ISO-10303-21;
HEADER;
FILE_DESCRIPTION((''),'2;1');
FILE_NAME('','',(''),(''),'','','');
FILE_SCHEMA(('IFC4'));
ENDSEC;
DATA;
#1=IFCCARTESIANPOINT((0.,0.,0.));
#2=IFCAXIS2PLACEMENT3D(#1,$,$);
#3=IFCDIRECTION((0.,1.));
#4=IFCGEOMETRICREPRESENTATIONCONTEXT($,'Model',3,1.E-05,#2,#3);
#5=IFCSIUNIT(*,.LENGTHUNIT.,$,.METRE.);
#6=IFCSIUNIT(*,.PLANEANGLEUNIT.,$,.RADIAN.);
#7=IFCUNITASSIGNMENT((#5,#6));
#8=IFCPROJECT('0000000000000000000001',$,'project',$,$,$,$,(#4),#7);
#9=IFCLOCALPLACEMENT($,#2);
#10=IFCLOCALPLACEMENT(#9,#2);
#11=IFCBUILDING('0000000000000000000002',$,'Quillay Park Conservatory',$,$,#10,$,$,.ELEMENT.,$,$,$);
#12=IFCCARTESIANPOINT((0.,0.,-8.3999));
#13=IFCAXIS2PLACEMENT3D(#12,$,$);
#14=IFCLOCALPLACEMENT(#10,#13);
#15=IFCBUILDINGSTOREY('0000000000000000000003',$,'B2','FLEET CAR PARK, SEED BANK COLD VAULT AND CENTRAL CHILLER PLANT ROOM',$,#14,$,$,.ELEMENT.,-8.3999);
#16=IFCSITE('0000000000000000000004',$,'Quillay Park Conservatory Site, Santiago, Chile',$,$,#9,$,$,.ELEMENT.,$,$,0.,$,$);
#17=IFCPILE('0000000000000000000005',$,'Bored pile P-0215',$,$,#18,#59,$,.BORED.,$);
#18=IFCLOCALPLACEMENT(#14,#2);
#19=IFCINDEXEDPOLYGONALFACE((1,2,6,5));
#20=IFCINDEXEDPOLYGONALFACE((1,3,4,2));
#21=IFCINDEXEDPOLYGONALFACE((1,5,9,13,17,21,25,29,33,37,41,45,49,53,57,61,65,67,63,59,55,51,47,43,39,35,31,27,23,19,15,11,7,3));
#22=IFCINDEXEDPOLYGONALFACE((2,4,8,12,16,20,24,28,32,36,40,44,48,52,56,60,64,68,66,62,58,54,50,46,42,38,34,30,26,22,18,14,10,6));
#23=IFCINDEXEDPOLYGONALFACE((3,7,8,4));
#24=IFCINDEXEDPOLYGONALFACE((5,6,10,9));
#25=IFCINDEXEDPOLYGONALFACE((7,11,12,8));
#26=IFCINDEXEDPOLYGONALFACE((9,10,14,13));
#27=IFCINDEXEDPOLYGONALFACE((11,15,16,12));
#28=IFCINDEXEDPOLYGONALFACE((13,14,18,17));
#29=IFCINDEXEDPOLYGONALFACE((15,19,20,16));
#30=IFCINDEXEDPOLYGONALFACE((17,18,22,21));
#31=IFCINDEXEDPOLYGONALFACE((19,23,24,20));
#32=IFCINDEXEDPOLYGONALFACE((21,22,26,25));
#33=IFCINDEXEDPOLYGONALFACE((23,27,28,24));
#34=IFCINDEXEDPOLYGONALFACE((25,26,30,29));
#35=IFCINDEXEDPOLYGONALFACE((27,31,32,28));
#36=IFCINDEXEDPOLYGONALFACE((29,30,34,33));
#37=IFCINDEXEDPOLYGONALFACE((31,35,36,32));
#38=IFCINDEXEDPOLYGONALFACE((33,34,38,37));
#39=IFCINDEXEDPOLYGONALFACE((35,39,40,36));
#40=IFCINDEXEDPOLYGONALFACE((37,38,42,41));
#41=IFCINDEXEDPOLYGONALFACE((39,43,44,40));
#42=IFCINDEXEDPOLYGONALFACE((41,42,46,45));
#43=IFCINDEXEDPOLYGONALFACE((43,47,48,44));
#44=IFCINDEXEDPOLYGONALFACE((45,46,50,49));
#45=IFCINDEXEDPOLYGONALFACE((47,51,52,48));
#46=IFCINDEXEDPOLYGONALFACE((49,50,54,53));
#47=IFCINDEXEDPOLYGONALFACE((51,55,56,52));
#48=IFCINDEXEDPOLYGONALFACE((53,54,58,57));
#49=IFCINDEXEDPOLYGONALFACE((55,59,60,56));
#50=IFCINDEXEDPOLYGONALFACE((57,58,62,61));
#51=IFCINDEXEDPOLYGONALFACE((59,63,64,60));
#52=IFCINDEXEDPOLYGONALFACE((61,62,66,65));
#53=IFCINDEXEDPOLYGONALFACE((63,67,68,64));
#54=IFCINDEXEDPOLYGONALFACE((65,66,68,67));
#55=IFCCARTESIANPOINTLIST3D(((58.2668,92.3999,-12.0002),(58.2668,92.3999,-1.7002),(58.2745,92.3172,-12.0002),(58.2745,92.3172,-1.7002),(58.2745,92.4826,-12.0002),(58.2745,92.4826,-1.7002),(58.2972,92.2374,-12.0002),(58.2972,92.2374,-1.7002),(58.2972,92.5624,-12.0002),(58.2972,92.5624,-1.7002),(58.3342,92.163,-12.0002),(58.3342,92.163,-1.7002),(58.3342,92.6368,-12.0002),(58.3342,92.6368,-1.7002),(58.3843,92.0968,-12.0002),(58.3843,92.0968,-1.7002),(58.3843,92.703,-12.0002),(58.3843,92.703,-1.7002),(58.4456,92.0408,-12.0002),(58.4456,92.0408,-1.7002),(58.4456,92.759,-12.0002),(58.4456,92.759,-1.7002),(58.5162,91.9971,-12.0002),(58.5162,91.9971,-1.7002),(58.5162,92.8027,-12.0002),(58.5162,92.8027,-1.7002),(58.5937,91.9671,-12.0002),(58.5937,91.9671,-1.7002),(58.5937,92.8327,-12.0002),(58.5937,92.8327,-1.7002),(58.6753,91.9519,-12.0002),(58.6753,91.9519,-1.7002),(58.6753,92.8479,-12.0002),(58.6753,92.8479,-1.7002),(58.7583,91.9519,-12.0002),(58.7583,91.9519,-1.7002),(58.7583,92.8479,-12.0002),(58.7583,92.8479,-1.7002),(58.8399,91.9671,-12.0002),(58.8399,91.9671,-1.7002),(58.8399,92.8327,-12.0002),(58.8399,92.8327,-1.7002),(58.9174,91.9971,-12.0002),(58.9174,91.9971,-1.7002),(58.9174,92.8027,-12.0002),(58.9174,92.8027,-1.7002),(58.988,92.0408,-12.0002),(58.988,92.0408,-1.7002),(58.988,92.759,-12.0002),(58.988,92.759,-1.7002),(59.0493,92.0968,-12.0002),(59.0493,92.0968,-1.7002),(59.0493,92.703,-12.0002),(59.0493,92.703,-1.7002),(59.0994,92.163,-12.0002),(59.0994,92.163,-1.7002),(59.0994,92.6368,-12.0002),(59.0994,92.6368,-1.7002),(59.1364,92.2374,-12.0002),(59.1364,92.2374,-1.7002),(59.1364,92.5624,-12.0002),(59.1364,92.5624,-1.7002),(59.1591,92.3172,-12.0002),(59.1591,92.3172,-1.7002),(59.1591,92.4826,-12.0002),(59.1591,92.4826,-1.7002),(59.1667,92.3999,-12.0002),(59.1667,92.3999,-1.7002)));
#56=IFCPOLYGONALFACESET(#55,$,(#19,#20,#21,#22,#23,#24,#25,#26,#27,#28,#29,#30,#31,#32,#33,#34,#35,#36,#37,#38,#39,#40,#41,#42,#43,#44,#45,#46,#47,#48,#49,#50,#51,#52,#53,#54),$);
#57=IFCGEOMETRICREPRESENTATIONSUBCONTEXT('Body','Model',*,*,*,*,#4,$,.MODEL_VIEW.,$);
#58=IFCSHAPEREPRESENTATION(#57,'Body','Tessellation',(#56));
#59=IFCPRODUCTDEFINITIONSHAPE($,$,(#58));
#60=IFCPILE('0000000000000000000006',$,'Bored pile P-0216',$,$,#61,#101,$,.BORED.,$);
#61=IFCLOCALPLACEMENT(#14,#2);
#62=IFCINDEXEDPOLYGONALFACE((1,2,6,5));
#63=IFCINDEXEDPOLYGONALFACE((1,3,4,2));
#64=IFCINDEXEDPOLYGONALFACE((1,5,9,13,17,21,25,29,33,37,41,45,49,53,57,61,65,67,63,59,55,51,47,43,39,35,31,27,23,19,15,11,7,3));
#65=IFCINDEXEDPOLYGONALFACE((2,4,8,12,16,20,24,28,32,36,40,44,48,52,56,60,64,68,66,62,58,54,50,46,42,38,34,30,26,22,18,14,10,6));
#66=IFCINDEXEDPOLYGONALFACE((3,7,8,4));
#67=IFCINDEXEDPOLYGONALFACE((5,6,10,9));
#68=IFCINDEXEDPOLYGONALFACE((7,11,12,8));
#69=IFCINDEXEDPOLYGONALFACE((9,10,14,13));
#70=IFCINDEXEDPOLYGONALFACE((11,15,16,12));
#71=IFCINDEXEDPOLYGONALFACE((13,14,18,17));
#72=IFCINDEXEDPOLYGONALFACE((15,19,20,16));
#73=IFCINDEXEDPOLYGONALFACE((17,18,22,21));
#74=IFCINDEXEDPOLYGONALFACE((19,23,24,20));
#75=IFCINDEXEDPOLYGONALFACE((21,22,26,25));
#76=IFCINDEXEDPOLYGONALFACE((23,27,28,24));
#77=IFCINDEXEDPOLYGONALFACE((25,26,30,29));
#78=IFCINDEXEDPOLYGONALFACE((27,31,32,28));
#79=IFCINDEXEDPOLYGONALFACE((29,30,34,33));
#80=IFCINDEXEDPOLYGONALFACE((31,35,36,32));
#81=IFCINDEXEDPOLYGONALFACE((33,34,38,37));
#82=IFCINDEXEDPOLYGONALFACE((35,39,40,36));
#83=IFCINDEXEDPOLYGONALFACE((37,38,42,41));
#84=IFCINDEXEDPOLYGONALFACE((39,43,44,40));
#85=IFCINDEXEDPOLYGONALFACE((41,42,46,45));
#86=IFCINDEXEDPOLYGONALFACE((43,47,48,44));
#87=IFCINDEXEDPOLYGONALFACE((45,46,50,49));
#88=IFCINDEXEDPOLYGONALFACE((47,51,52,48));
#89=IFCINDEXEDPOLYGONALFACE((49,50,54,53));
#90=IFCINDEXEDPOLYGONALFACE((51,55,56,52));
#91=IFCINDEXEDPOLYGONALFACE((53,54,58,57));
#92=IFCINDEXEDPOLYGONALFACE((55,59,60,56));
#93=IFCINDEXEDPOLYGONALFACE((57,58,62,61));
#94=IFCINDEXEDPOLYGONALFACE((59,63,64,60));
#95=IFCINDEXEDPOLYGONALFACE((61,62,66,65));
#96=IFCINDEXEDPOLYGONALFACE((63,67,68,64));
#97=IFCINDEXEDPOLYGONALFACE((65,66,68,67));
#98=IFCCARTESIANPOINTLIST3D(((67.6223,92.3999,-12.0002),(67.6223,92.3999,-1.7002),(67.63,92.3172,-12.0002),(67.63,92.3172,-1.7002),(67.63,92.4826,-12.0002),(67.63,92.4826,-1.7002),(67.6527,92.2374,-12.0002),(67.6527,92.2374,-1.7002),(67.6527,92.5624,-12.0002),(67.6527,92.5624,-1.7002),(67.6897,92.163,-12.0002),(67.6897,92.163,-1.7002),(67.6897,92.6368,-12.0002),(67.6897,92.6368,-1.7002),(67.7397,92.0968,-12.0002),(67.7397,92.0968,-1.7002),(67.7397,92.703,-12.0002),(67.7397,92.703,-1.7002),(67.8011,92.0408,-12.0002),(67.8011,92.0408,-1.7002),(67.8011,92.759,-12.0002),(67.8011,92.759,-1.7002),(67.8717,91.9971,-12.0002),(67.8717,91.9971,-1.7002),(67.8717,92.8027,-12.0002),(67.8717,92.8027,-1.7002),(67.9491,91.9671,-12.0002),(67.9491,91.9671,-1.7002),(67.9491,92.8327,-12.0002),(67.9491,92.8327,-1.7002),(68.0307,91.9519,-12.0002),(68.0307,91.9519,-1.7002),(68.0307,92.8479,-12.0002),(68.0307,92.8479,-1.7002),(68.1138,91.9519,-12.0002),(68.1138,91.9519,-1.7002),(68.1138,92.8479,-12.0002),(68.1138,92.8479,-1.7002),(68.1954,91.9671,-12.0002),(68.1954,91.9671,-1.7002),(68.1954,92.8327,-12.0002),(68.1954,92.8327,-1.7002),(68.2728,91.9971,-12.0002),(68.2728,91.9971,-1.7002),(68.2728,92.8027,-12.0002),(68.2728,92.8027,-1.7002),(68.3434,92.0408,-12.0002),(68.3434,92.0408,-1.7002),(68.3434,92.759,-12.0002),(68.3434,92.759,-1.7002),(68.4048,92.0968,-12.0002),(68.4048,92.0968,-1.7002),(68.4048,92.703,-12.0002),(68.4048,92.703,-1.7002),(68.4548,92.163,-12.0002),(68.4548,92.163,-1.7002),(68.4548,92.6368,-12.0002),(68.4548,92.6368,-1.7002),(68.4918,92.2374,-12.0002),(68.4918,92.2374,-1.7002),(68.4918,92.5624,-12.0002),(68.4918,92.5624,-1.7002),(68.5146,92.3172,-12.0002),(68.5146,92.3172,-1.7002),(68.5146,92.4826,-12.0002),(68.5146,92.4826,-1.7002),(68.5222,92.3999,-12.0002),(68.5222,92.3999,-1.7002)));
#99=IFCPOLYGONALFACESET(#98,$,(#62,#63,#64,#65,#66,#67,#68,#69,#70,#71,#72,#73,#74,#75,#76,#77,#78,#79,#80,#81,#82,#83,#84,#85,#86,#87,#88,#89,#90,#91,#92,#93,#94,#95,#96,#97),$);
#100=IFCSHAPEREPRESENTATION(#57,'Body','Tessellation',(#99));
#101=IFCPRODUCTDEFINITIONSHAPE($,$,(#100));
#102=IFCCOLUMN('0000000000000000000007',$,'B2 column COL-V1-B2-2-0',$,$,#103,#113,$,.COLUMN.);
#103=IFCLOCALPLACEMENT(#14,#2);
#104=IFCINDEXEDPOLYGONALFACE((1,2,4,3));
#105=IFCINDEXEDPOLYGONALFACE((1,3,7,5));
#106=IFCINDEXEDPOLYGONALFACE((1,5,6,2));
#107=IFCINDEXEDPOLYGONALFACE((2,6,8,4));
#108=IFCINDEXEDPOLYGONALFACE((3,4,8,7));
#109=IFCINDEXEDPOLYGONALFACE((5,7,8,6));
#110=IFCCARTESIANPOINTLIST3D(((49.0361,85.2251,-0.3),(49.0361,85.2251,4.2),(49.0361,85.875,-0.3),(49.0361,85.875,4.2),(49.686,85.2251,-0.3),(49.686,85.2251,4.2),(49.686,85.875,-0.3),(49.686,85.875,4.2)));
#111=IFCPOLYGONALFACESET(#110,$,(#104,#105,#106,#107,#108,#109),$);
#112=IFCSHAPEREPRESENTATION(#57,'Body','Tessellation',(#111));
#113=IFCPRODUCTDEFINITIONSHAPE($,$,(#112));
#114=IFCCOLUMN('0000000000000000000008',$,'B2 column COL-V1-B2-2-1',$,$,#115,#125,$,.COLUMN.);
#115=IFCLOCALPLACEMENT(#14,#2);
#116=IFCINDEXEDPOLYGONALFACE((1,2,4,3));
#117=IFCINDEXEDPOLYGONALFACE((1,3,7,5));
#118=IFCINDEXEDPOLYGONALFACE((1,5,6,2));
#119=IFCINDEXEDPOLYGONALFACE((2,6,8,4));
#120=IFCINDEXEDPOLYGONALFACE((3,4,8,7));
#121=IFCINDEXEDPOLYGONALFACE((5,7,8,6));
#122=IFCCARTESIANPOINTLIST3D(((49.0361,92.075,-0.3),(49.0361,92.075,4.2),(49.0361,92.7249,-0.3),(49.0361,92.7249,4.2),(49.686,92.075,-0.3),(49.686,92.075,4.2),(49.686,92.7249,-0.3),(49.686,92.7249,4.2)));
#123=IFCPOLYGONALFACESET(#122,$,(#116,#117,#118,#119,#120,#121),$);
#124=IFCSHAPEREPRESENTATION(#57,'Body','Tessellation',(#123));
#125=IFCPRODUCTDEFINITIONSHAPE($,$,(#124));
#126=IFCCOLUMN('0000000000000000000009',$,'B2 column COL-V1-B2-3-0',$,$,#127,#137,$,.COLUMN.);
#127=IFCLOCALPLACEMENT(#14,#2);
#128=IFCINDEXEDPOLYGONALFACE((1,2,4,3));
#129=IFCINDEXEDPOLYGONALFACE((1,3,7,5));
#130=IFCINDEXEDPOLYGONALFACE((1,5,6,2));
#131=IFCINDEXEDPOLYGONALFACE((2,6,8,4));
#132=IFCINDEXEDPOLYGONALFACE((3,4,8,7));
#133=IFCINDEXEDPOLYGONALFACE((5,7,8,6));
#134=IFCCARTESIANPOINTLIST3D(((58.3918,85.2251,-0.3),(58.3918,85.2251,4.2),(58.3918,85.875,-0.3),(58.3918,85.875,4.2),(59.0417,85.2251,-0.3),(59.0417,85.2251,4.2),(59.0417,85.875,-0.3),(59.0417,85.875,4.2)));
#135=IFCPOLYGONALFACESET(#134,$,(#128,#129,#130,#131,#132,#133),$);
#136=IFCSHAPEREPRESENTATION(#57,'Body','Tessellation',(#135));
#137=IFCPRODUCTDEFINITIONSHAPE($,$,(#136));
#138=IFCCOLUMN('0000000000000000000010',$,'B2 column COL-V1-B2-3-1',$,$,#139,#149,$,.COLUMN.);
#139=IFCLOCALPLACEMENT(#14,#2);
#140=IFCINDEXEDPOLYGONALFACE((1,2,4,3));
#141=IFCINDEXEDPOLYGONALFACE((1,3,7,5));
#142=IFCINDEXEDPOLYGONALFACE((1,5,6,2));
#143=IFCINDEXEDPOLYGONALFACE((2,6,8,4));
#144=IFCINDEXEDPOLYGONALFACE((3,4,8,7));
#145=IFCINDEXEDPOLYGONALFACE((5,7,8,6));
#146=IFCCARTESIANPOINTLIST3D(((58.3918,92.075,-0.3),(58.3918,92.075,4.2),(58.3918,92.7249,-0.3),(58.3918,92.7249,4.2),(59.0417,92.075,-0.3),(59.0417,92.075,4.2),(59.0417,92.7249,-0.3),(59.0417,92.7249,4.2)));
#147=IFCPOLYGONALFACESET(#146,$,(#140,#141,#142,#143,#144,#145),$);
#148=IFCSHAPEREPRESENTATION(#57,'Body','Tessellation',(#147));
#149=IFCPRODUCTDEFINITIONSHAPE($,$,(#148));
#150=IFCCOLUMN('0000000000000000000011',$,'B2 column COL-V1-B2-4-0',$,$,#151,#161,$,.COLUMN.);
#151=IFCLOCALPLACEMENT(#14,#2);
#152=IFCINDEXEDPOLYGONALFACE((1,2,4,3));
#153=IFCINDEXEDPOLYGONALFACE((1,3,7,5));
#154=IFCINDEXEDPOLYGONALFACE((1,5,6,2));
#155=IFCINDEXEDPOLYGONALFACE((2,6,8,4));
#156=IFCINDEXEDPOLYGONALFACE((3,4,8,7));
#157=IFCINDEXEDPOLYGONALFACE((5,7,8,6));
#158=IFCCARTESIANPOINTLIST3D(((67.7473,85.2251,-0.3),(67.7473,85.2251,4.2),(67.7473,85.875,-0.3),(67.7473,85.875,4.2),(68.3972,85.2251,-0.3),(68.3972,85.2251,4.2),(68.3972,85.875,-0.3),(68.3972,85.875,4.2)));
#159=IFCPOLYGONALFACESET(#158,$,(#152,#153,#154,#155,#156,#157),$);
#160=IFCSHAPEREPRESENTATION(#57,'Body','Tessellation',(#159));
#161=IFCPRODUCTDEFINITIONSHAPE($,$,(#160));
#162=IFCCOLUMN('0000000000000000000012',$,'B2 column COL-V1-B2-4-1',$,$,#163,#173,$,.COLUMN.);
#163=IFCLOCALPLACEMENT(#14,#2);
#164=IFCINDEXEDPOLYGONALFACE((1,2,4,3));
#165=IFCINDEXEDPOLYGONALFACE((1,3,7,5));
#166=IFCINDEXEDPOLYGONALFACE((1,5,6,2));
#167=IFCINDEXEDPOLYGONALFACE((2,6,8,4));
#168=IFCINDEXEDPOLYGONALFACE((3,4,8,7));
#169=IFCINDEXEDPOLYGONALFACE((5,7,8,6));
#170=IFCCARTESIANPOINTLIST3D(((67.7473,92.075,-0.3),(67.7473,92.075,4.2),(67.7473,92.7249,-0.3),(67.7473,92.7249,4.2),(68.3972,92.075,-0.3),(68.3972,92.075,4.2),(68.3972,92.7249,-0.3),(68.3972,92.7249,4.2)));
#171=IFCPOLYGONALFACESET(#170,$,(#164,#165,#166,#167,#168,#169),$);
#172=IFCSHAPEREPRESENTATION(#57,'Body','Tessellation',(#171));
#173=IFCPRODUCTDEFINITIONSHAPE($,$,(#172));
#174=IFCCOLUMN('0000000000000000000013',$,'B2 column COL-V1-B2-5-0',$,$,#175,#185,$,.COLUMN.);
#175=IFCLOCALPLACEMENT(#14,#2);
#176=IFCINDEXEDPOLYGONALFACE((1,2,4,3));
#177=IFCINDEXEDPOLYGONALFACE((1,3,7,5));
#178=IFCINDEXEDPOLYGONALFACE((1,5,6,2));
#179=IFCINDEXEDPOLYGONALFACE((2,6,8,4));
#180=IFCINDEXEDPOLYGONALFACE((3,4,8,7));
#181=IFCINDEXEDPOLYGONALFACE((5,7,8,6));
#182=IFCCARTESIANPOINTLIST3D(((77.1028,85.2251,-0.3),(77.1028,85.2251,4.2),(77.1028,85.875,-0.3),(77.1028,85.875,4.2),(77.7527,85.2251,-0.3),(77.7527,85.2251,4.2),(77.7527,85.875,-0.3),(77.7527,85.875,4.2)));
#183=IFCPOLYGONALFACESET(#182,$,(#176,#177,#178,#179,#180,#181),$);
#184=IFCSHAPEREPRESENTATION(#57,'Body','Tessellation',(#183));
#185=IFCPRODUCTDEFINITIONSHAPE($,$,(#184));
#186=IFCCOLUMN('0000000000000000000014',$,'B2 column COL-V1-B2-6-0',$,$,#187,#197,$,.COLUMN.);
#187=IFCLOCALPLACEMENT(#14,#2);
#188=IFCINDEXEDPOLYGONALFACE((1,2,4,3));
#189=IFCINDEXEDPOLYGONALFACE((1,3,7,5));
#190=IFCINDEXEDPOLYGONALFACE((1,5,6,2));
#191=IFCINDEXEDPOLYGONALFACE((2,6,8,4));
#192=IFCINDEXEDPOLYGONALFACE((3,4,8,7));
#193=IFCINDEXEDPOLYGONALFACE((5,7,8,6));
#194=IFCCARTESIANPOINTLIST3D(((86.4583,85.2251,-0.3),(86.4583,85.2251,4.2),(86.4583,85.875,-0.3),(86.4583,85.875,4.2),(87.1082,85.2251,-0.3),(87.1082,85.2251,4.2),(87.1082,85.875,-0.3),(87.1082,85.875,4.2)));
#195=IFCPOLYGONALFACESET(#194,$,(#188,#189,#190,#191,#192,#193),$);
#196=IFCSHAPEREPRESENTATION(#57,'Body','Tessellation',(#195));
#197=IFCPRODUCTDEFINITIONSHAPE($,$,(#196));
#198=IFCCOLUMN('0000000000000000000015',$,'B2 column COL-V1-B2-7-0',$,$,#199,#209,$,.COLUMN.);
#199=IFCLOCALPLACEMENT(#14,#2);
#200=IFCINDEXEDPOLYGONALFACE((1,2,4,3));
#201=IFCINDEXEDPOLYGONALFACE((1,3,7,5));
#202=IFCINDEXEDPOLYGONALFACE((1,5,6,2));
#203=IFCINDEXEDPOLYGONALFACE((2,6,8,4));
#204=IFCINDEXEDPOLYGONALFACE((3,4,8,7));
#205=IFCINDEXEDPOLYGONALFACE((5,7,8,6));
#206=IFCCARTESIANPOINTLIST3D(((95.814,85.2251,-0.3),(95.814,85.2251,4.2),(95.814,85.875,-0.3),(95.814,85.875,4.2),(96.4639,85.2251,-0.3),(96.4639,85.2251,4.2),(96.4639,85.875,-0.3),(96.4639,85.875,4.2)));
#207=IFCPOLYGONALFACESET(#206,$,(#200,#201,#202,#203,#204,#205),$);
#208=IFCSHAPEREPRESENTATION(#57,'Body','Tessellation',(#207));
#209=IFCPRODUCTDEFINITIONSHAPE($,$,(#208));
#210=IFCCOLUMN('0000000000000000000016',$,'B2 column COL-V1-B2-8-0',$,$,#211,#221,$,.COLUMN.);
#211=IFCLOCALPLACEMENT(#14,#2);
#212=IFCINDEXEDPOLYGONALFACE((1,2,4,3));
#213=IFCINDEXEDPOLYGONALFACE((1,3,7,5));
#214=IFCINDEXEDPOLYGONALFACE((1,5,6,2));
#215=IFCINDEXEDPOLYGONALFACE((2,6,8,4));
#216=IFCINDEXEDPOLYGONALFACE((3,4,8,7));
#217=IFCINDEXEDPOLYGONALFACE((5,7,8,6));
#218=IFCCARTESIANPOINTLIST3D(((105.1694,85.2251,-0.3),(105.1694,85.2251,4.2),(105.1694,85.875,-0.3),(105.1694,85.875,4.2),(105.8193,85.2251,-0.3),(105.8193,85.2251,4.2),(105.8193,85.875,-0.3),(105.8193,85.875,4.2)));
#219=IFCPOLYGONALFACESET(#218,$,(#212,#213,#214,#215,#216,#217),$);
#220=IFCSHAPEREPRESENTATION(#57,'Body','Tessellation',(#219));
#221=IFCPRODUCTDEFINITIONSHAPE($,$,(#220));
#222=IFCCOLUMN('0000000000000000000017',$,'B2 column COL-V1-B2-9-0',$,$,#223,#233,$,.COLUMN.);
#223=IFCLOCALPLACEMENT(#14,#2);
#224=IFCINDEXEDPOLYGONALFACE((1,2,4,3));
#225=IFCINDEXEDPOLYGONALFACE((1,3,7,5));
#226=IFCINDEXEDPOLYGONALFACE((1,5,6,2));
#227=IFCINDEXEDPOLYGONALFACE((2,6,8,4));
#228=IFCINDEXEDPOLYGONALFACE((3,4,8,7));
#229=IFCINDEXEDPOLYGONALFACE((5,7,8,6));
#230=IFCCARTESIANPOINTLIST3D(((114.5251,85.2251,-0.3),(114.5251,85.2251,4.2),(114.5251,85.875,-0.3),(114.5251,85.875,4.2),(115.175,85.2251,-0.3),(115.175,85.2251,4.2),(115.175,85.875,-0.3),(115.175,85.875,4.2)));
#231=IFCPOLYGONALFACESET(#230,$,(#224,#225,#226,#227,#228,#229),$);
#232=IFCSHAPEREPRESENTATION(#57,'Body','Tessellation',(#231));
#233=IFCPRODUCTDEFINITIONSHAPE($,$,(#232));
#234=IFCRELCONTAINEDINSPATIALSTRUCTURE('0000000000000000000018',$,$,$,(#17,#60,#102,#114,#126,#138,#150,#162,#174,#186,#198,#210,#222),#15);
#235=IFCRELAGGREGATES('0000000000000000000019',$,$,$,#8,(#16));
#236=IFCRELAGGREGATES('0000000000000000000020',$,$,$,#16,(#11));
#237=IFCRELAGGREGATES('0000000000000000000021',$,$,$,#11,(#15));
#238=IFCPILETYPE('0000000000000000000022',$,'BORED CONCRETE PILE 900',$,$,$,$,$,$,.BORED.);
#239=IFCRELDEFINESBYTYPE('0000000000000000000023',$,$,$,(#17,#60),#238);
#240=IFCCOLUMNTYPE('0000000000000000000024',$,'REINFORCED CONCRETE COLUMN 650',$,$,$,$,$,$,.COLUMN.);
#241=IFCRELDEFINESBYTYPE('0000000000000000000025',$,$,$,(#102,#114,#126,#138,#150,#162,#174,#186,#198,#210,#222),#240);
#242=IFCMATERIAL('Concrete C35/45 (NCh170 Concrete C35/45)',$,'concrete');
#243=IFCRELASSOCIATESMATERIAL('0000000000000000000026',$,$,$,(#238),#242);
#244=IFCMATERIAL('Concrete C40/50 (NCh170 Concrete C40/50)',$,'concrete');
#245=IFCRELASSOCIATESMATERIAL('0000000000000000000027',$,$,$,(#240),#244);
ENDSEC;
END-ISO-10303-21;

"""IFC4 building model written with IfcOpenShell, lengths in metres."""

from ifc_helpers import new_model, si_unit, direction, frame, origin, origin_2d, place, context, subcontext, project, spatial, rectangle, circle, extrude, material, material_profile, profile_set, type_object, element, save


model = new_model("IFC4")

# Units and contexts
model_context = context("Model", 3, precision=1e-05, world=origin(), true_north=direction((0.0, 1.0)))
body_context = subcontext(model_context, "Body", "Model", "MODEL_VIEW")
ifc_project = project(units=[si_unit("LENGTHUNIT", "METRE"), si_unit("PLANEANGLEUNIT", "RADIAN")], contexts=[model_context])

# Site, building, storey
site_placement = place(None, origin())
site = spatial("IfcSite", under=ifc_project, at=site_placement, Name="Quillay Park Conservatory Site, Santiago, Chile", CompositionType="ELEMENT", RefElevation=0.0)
building_placement = place(site_placement, origin())
building = spatial("IfcBuilding", under=site, at=building_placement, Name="Quillay Park Conservatory", CompositionType="ELEMENT")
storey_placement = place(building_placement, frame((0.0, 0.0, -8.3999)))
storey = spatial("IfcBuildingStorey", under=building, at=storey_placement, Name="B2", Description="FLEET CAR PARK, SEED BANK COLD VAULT AND CENTRAL CHILLER PLANT ROOM", CompositionType="ELEMENT", Elevation=-8.3999)

# Piles
ifc_material_1 = material(Name="Concrete C35/45 (NCh170 Concrete C35/45)", Category="concrete")
ifc_material_profile_1 = material_profile(ifc_material_1, circle(Radius=0.45, at=origin_2d()), Name="PILE900")
ifc_profile_set_1 = profile_set([ifc_material_profile_1], Name="Concrete C35/45 (NCh170 Concrete C35/45)")
pile_type = type_object("IfcPileType", Name="BORED CONCRETE PILE 900", PredefinedType="BORED", material=ifc_profile_set_1)
for number, where, z_axis, x_axis, name in (
    (1, (58.7168, 92.3999, -1.7002), (0.0, 0.0, -1.0), (1.0, 0.0, 0.0), "Bored pile P-0215"),
    (2, (68.0723, 92.3999, -1.7002), (0.0, 0.0, -1.0), (1.0, 0.0, 0.0), "Bored pile P-0216"),
):
    element("IfcPile", number, at=place(storey_placement, frame(where, z_axis=z_axis, x_axis=x_axis)), inside=storey, type_object=pile_type, Name=name, PredefinedType="BORED", context=body_context, shape_type="SweptSolid", body=[
        extrude(circle(Radius=0.45, at=origin_2d()), origin(), (0.0, 0.0, 1.0), 10.3),
    ])

# Columns
ifc_material_2 = material(Name="Concrete C40/50 (NCh170 Concrete C40/50)", Category="concrete")
ifc_material_profile_2 = material_profile(ifc_material_2, rectangle(XDim=0.6499, YDim=0.6499, at=origin_2d()), Name="RC650x650")
ifc_profile_set_2 = profile_set([ifc_material_profile_2], Name="Concrete C40/50 (NCh170 Concrete C40/50)")
column_type = type_object("IfcColumnType", Name="REINFORCED CONCRETE COLUMN 650", PredefinedType="COLUMN", material=ifc_profile_set_2)
for number, where, z_axis, x_axis, name in (
    (3, (49.3611, 85.55, -0.3), (0.0, 0.0, 1.0), (1.0, 0.0, 0.0), "B2 column COL-V1-B2-2-0"),
    (4, (49.3611, 92.3999, -0.3), (0.0, 0.0, 1.0), (1.0, 0.0, 0.0), "B2 column COL-V1-B2-2-1"),
    (5, (58.7168, 85.55, -0.3), (0.0, 0.0, 1.0), (1.0, 0.0, 0.0), "B2 column COL-V1-B2-3-0"),
    (6, (58.7168, 92.3999, -0.3), (0.0, 0.0, 1.0), (1.0, 0.0, 0.0), "B2 column COL-V1-B2-3-1"),
    (7, (68.0723, 85.55, -0.3), (0.0, 0.0, 1.0), (1.0, 0.0, 0.0), "B2 column COL-V1-B2-4-0"),
    (8, (68.0723, 92.3999, -0.3), (0.0, 0.0, 1.0), (1.0, 0.0, 0.0), "B2 column COL-V1-B2-4-1"),
    (9, (77.4277, 85.55, -0.3), (0.0, 0.0, 1.0), (1.0, 0.0, 0.0), "B2 column COL-V1-B2-5-0"),
    (10, (86.7832, 85.55, -0.3), (0.0, 0.0, 1.0), (1.0, 0.0, 0.0), "B2 column COL-V1-B2-6-0"),
    (11, (96.1389, 85.55, -0.3), (0.0, 0.0, 1.0), (1.0, 0.0, 0.0), "B2 column COL-V1-B2-7-0"),
    (12, (105.4944, 85.55, -0.3), (0.0, 0.0, 1.0), (1.0, 0.0, 0.0), "B2 column COL-V1-B2-8-0"),
    (13, (114.8501, 85.55, -0.3), (0.0, 0.0, 1.0), (1.0, 0.0, 0.0), "B2 column COL-V1-B2-9-0"),
):
    element("IfcColumn", number, at=place(storey_placement, frame(where, z_axis=z_axis, x_axis=x_axis)), inside=storey, type_object=column_type, Name=name, PredefinedType="COLUMN", context=body_context, shape_type="SweptSolid", body=[
        extrude(rectangle(XDim=0.6499, YDim=0.6499, at=origin_2d()), origin(), (0.0, 0.0, 1.0), 4.5),
    ])

save(model, "model.ifc")
